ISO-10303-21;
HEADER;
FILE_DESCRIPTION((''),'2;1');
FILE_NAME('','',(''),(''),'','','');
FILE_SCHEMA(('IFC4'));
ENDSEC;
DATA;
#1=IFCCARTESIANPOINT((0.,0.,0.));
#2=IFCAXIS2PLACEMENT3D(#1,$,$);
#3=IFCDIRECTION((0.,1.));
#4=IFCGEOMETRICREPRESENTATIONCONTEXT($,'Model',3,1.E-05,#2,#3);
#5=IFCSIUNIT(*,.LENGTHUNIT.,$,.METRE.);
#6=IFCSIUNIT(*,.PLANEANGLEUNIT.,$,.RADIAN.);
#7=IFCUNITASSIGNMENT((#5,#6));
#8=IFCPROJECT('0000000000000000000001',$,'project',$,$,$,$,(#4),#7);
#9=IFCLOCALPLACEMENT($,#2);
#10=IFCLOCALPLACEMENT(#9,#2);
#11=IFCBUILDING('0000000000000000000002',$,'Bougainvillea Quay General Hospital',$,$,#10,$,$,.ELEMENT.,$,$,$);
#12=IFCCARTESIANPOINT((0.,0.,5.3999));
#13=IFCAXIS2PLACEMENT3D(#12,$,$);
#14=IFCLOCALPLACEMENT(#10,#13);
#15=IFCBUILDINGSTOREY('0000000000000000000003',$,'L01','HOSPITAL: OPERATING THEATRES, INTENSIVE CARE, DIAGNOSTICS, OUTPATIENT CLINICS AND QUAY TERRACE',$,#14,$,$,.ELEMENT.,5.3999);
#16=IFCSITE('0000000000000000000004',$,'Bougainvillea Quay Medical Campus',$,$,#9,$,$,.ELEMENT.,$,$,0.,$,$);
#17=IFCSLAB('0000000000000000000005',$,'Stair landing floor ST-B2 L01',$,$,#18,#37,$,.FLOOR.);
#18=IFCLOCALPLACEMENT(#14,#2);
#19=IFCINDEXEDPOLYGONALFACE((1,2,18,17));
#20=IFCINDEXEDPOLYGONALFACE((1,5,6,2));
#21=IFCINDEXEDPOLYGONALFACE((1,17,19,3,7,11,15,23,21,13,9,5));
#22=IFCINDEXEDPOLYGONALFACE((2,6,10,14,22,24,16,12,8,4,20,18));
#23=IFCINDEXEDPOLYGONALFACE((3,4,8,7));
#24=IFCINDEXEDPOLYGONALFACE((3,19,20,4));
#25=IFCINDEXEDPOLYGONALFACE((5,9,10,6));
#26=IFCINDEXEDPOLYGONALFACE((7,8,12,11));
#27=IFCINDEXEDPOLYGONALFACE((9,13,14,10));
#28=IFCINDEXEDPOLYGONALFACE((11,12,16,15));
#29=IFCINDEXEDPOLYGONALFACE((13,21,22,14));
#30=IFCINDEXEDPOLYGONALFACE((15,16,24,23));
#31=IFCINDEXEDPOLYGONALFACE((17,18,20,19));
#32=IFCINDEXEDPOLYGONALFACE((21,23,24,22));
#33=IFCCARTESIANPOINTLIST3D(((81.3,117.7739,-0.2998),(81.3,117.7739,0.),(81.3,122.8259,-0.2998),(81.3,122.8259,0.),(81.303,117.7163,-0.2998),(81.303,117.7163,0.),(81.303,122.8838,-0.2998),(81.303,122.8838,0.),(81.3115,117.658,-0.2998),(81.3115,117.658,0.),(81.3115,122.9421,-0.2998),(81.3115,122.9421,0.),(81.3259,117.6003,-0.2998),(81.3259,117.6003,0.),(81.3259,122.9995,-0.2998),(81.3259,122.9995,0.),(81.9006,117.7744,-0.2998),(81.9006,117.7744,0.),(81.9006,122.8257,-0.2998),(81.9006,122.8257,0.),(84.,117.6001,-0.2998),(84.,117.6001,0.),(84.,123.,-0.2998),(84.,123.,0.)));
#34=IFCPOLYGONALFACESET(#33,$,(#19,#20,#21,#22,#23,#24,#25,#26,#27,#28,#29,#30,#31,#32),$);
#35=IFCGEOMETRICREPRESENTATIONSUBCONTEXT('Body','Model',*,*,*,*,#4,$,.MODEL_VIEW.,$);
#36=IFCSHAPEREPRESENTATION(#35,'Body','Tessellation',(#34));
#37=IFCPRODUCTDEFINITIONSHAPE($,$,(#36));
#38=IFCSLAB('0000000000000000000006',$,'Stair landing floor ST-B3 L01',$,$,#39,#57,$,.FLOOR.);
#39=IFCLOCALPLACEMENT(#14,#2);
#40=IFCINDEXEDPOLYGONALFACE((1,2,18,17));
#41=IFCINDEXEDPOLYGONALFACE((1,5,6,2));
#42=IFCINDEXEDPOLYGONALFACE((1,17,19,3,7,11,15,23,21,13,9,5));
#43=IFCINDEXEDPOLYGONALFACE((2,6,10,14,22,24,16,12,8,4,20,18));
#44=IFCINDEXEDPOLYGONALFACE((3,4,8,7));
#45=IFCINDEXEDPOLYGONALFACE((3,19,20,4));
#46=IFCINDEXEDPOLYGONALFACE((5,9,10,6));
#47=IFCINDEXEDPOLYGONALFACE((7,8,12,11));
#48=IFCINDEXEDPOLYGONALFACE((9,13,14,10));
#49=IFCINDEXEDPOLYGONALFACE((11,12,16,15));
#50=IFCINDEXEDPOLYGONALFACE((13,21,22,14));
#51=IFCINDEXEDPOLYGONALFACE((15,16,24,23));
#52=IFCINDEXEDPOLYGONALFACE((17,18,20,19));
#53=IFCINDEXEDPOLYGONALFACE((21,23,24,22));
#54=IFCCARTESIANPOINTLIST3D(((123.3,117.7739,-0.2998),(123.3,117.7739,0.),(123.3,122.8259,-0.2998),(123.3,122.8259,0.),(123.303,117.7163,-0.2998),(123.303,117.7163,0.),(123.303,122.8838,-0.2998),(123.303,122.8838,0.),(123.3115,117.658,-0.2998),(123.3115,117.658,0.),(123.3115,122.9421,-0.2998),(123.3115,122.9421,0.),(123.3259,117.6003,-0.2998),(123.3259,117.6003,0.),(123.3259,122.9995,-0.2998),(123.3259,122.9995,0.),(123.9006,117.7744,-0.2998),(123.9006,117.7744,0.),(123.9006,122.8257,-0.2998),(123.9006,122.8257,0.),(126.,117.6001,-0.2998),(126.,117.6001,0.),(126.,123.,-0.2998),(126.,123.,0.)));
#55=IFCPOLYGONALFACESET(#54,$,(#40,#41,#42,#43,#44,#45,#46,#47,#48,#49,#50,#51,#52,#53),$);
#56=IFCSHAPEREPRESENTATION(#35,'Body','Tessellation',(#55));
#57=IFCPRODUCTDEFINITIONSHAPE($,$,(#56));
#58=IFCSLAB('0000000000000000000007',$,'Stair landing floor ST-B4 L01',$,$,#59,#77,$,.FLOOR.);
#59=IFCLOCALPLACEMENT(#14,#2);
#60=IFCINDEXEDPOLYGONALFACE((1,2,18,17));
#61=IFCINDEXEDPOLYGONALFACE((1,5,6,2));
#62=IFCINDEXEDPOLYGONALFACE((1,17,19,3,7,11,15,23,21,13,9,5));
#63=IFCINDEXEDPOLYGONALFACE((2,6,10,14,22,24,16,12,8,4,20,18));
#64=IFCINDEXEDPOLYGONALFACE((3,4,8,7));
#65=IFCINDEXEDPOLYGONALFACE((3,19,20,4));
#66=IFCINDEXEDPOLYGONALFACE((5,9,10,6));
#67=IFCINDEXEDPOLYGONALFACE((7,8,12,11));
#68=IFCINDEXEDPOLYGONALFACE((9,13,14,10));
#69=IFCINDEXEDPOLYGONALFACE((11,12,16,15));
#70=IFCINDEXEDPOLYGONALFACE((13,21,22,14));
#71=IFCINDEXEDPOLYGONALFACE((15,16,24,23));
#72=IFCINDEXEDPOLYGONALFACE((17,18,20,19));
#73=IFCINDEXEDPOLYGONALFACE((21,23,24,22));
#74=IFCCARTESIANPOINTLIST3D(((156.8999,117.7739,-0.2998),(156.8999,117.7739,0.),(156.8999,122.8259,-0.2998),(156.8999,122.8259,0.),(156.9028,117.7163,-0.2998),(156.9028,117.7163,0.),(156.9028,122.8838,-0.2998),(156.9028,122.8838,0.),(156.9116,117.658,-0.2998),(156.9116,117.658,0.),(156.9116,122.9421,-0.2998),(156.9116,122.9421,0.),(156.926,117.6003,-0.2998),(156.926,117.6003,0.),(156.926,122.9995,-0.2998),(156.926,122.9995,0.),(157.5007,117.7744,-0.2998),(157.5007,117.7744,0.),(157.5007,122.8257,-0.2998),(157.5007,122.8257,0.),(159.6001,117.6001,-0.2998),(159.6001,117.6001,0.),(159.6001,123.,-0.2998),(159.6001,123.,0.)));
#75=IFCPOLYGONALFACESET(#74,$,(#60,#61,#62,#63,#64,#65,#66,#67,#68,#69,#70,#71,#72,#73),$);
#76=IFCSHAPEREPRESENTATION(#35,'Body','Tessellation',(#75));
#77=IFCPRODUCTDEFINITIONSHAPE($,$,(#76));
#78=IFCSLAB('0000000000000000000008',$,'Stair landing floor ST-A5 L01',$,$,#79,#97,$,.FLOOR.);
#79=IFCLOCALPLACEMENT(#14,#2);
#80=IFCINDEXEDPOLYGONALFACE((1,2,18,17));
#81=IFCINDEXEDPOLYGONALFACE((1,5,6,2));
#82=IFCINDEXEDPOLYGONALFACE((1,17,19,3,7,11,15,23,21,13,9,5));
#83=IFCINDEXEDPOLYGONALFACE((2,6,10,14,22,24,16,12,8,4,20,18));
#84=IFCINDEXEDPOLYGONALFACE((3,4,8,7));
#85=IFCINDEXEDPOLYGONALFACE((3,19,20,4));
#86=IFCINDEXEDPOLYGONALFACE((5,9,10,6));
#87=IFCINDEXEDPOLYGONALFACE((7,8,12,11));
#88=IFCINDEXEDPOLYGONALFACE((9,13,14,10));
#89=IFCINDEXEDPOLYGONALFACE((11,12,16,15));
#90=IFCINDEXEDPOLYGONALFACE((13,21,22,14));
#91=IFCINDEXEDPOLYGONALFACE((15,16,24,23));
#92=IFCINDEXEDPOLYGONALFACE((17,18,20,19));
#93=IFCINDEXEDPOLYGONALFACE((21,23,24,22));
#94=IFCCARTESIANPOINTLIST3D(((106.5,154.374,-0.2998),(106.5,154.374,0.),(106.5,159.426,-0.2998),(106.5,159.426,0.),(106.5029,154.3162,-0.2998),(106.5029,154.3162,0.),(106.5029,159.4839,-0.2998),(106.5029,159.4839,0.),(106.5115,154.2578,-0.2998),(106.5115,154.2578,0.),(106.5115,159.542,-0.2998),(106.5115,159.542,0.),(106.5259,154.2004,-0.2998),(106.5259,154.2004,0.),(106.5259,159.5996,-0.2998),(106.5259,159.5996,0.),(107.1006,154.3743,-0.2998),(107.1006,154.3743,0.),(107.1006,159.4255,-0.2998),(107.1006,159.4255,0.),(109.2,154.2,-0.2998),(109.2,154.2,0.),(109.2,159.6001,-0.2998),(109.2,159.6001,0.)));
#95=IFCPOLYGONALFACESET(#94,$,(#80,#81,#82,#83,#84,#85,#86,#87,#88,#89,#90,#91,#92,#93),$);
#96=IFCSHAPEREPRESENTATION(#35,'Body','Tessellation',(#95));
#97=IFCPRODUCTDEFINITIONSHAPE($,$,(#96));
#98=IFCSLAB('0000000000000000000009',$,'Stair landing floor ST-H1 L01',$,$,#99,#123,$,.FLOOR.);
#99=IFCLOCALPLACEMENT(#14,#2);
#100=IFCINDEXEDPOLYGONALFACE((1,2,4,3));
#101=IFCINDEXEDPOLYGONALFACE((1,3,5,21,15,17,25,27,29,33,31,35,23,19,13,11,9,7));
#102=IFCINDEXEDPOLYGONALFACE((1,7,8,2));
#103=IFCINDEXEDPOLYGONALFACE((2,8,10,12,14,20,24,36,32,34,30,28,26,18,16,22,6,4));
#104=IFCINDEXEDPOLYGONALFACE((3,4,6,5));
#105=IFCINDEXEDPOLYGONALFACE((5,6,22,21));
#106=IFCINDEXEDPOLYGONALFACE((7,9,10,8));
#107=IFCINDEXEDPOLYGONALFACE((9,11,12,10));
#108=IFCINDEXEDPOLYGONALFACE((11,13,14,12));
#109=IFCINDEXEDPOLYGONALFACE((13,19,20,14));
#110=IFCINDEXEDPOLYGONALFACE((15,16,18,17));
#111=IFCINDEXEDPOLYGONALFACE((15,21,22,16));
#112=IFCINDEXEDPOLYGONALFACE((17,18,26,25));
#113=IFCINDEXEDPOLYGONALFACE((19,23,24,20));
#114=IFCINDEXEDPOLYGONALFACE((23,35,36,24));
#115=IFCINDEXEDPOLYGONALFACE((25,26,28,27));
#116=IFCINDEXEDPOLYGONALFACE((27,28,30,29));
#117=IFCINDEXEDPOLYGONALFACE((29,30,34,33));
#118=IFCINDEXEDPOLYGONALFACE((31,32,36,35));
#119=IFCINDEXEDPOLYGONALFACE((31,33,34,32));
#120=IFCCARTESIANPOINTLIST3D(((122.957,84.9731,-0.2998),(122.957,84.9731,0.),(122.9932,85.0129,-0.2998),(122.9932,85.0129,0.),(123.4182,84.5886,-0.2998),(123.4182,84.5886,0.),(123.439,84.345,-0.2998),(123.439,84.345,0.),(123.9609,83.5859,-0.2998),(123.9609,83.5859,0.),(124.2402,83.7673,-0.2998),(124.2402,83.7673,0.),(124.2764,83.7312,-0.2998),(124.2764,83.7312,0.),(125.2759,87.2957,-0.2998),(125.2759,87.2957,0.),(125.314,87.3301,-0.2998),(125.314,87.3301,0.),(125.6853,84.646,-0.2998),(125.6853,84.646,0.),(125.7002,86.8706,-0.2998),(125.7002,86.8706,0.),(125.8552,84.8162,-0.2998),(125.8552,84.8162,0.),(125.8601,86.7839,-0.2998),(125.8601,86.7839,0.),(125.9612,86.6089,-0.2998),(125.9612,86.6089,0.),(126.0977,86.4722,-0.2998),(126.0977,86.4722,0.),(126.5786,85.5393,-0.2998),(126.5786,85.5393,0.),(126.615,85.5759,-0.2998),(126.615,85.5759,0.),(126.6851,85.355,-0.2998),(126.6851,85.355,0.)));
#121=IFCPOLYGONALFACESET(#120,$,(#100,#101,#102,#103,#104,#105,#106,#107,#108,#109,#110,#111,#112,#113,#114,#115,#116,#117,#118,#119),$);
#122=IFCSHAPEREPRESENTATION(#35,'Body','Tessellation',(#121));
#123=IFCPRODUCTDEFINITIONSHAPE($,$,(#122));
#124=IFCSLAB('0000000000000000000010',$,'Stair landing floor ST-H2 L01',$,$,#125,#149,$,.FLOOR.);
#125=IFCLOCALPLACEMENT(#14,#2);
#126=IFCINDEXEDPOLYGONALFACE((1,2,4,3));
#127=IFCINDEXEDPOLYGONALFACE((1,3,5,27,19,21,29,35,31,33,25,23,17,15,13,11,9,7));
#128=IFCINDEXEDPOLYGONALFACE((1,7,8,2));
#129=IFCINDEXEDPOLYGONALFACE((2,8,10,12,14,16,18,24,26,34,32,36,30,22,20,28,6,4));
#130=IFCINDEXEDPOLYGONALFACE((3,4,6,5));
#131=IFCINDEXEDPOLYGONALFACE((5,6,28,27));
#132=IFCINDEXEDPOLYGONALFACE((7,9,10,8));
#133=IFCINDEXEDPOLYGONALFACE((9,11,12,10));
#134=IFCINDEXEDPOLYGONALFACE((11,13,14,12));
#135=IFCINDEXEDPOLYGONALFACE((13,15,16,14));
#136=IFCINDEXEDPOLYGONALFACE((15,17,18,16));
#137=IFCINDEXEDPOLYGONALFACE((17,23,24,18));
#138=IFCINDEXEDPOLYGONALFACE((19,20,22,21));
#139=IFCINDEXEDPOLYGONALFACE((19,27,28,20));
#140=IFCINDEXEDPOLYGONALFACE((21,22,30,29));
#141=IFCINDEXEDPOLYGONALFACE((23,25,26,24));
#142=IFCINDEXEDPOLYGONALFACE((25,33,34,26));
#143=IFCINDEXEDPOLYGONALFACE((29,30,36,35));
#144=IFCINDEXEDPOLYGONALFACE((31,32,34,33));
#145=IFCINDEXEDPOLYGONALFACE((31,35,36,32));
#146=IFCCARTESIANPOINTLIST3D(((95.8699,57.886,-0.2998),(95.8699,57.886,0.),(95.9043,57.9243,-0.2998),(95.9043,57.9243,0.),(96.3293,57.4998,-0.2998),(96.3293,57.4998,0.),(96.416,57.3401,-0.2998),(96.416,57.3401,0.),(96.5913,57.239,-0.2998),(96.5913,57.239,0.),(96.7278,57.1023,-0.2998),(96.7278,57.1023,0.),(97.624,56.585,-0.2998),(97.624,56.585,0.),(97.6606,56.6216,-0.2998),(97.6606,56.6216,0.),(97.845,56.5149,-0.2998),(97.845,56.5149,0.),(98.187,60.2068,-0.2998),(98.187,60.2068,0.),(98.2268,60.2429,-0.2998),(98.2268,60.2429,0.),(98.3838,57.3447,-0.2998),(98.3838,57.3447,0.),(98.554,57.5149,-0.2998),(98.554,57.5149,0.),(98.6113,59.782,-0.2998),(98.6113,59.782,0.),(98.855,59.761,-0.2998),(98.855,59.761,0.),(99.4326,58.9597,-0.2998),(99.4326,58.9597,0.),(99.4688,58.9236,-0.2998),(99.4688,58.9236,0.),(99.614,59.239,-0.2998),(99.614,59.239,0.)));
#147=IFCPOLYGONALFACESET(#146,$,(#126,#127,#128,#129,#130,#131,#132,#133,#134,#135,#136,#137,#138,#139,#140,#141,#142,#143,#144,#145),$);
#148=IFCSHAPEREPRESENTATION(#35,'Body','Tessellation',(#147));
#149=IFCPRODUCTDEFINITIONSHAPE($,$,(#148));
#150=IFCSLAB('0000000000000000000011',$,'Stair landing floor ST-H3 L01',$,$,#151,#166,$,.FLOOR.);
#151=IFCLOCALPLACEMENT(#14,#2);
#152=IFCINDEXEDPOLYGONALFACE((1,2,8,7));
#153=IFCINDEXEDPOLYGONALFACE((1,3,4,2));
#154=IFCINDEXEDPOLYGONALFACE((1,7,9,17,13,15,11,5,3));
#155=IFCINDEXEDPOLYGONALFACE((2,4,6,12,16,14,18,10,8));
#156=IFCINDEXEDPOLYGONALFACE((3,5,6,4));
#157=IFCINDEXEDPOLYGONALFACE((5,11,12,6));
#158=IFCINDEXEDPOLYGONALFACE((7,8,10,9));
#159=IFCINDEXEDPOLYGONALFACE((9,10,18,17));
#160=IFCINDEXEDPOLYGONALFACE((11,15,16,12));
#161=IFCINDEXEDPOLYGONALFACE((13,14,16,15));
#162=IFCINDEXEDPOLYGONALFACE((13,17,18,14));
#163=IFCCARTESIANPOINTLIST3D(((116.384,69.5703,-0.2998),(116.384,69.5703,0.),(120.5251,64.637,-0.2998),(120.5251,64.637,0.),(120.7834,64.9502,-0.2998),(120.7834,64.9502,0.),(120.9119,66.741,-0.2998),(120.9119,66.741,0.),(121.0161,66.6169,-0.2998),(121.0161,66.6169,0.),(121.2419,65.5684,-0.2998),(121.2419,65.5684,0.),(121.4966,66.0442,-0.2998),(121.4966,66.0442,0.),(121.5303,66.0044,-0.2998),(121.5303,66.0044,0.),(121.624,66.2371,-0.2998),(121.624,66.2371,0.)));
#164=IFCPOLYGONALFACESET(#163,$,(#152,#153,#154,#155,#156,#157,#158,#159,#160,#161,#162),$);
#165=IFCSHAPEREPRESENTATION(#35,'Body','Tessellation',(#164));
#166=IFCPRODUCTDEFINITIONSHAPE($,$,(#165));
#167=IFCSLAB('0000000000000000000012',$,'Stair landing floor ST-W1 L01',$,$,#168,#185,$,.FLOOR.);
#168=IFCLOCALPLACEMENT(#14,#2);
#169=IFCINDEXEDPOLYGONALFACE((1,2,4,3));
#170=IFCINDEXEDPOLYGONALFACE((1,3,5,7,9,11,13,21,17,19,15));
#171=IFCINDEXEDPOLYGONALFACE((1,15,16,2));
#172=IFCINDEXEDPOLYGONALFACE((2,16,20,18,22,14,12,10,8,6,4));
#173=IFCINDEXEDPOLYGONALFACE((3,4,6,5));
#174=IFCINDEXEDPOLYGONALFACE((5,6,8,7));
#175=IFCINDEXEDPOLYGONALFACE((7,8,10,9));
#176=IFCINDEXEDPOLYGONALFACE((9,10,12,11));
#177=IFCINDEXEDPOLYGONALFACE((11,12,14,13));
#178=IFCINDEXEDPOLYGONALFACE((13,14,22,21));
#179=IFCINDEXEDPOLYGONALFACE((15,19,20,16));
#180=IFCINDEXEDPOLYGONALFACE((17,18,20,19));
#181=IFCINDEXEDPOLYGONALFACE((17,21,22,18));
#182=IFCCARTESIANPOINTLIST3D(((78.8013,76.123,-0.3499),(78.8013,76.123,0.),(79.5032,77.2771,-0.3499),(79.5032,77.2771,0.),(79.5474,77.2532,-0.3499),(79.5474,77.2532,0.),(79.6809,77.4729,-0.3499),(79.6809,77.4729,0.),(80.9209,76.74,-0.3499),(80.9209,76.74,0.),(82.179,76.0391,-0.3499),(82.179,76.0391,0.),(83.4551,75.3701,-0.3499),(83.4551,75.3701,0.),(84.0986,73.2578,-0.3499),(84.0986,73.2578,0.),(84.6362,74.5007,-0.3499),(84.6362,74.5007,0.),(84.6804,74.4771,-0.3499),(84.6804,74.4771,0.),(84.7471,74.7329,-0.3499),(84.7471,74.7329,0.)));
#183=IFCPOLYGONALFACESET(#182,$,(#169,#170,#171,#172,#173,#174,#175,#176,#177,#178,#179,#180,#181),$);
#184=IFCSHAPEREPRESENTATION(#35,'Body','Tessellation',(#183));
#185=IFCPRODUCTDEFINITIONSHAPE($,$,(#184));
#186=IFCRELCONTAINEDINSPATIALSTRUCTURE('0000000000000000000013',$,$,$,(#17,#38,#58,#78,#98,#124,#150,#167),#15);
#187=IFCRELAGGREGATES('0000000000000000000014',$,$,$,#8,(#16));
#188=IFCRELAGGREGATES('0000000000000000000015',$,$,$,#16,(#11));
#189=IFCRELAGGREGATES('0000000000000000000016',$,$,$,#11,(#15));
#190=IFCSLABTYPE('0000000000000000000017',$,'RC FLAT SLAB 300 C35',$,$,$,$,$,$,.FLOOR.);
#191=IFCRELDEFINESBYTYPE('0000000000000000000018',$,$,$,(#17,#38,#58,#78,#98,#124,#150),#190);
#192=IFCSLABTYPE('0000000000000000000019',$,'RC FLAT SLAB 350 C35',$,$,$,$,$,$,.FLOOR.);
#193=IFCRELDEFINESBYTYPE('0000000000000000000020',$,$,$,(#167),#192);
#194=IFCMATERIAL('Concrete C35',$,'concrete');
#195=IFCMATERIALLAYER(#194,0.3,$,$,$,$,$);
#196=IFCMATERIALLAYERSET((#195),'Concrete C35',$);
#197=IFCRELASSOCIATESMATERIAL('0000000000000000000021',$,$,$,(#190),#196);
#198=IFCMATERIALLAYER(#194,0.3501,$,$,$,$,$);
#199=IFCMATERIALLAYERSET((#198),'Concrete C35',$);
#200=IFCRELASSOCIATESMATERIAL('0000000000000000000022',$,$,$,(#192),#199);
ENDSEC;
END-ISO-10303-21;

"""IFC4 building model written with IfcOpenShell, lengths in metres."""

from ifc_helpers import new_model, si_unit, direction, frame, origin, place, context, subcontext, project, spatial, polyline, outline, extrude, material, layer, layer_set, type_object, element, save


model = new_model("IFC4")

# Units and contexts
model_context = context("Model", 3, precision=1e-05, world=origin(), true_north=direction((0.0, 1.0)))
body_context = subcontext(model_context, "Body", "Model", "MODEL_VIEW")
ifc_project = project(units=[si_unit("LENGTHUNIT", "METRE"), si_unit("PLANEANGLEUNIT", "RADIAN")], contexts=[model_context])

# Site, building, storey
site_placement = place(None, origin())
site = spatial("IfcSite", under=ifc_project, at=site_placement, Name="Bougainvillea Quay Medical Campus", CompositionType="ELEMENT", RefElevation=0.0)
building_placement = place(site_placement, origin())
building = spatial("IfcBuilding", under=site, at=building_placement, Name="Bougainvillea Quay General Hospital", CompositionType="ELEMENT")
storey_placement = place(building_placement, frame((0.0, 0.0, 5.3999)))
storey = spatial("IfcBuildingStorey", under=building, at=storey_placement, Name="L01", Description="HOSPITAL: OPERATING THEATRES, INTENSIVE CARE, DIAGNOSTICS, OUTPATIENT CLINICS AND QUAY TERRACE", CompositionType="ELEMENT", Elevation=5.3999)

# Slabs
ifc_material_1 = material(Name="Concrete C35", Category="concrete")
ifc_layer_1 = layer(ifc_material_1, 0.3)
ifc_layer_set_1 = layer_set([ifc_layer_1], Name="Concrete C35")
slab_type_1 = type_object("IfcSlabType", Name="RC FLAT SLAB 300 C35", PredefinedType="FLOOR", material=ifc_layer_set_1)
slab_1_placement = place(storey_placement, frame((0.0, 0.0, -0.2998)))
element("IfcSlab", 1, at=slab_1_placement, inside=storey, type_object=slab_type_1, Name="Stair landing floor ST-B2 L01", PredefinedType="FLOOR", context=body_context, shape_type="SweptSolid", body=[
    extrude(outline(polyline([(81.303, 122.8838), (81.3115, 122.9421), (81.3259, 122.9995), (84.0, 123.0), (84.0, 117.6001), (81.3259, 117.6003), (81.3115, 117.658), (81.303, 117.7163), (81.3, 117.7739), (81.9006, 117.7744), (81.9006, 122.8257), (81.3, 122.8259), (81.303, 122.8838)])), origin(), (0.0, 0.0, 1.0), 0.2998),
])
slab_2_placement = place(storey_placement, frame((0.0, 0.0, -0.2998)))
element("IfcSlab", 2, at=slab_2_placement, inside=storey, type_object=slab_type_1, Name="Stair landing floor ST-B3 L01", PredefinedType="FLOOR", context=body_context, shape_type="SweptSolid", body=[
    extrude(outline(polyline([(123.303, 122.8838), (123.3115, 122.9421), (123.3259, 122.9995), (126.0, 123.0), (126.0, 117.6001), (123.3259, 117.6003), (123.3115, 117.658), (123.303, 117.7163), (123.3, 117.7739), (123.9006, 117.7744), (123.9006, 122.8257), (123.3, 122.8259), (123.303, 122.8838)])), origin(), (0.0, 0.0, 1.0), 0.2998),
])
slab_3_placement = place(storey_placement, frame((0.0, 0.0, -0.2998)))
element("IfcSlab", 3, at=slab_3_placement, inside=storey, type_object=slab_type_1, Name="Stair landing floor ST-B4 L01", PredefinedType="FLOOR", context=body_context, shape_type="SweptSolid", body=[
    extrude(outline(polyline([(156.9028, 122.8838), (156.9116, 122.9421), (156.926, 122.9995), (159.6001, 123.0), (159.6001, 117.6001), (156.926, 117.6003), (156.9116, 117.658), (156.9028, 117.7163), (156.8999, 117.7739), (157.5007, 117.7744), (157.5007, 122.8257), (156.8999, 122.8259), (156.9028, 122.8838)])), origin(), (0.0, 0.0, 1.0), 0.2998),
])
slab_4_placement = place(storey_placement, frame((0.0, 0.0, -0.2998)))
element("IfcSlab", 4, at=slab_4_placement, inside=storey, type_object=slab_type_1, Name="Stair landing floor ST-A5 L01", PredefinedType="FLOOR", context=body_context, shape_type="SweptSolid", body=[
    extrude(outline(polyline([(106.5029, 159.4839), (106.5115, 159.542), (106.5259, 159.5996), (109.2, 159.6001), (109.2, 154.2), (106.5259, 154.2004), (106.5115, 154.2578), (106.5029, 154.3162), (106.5, 154.374), (107.1006, 154.3743), (107.1006, 159.4255), (106.5, 159.426), (106.5029, 159.4839)])), origin(), (0.0, 0.0, 1.0), 0.2998),
])
slab_5_placement = place(storey_placement, frame((0.0, 0.0, -0.2998)))
element("IfcSlab", 5, at=slab_5_placement, inside=storey, type_object=slab_type_1, Name="Stair landing floor ST-H1 L01", PredefinedType="FLOOR", context=body_context, shape_type="SweptSolid", body=[
    extrude(outline(polyline([(125.6853, 84.646), (124.2764, 83.7312), (124.2402, 83.7673), (123.9609, 83.5859), (123.439, 84.345), (122.957, 84.9731), (122.9932, 85.0129), (123.4182, 84.5886), (125.7002, 86.8706), (125.2759, 87.2957), (125.314, 87.3301), (125.8601, 86.7839), (125.9612, 86.6089), (126.0977, 86.4722), (126.615, 85.5759), (126.5786, 85.5393), (126.6851, 85.355), (125.8552, 84.8162), (125.6853, 84.646)])), origin(), (0.0, 0.0, 1.0), 0.2998),
])
slab_6_placement = place(storey_placement, frame((0.0, 0.0, -0.2998)))
element("IfcSlab", 6, at=slab_6_placement, inside=storey, type_object=slab_type_1, Name="Stair landing floor ST-H2 L01", PredefinedType="FLOOR", context=body_context, shape_type="SweptSolid", body=[
    extrude(outline(polyline([(97.624, 56.585), (96.7278, 57.1023), (96.5913, 57.239), (96.416, 57.3401), (95.8699, 57.886), (95.9043, 57.9243), (96.3293, 57.4998), (98.6113, 59.782), (98.187, 60.2068), (98.2268, 60.2429), (98.855, 59.761), (99.614, 59.239), (99.4326, 58.9597), (99.4688, 58.9236), (98.554, 57.5149), (98.3838, 57.3447), (97.845, 56.5149), (97.6606, 56.6216), (97.624, 56.585)])), origin(), (0.0, 0.0, 1.0), 0.2998),
])
slab_7_placement = place(storey_placement, frame((0.0, 0.0, -0.2998)))
element("IfcSlab", 7, at=slab_7_placement, inside=storey, type_object=slab_type_1, Name="Stair landing floor ST-H3 L01", PredefinedType="FLOOR", context=body_context, shape_type="SweptSolid", body=[
    extrude(outline(polyline([(121.5303, 66.0044), (121.2419, 65.5684), (120.7834, 64.9502), (120.5251, 64.637), (116.384, 69.5703), (120.9119, 66.741), (121.0161, 66.6169), (121.624, 66.2371), (121.4966, 66.0442), (121.5303, 66.0044)])), origin(), (0.0, 0.0, 1.0), 0.2998),
])
ifc_layer_2 = layer(ifc_material_1, 0.3501)
ifc_layer_set_2 = layer_set([ifc_layer_2], Name="Concrete C35")
slab_type_2 = type_object("IfcSlabType", Name="RC FLAT SLAB 350 C35", PredefinedType="FLOOR", material=ifc_layer_set_2)
slab_8_placement = place(storey_placement, frame((0.0, 0.0, -0.3499)))
element("IfcSlab", 8, at=slab_8_placement, inside=storey, type_object=slab_type_2, Name="Stair landing floor ST-W1 L01", PredefinedType="FLOOR", context=body_context, shape_type="SweptSolid", body=[
    extrude(outline(polyline([(82.179, 76.0391), (83.4551, 75.3701), (84.7471, 74.7329), (84.6362, 74.5007), (84.6804, 74.4771), (84.0986, 73.2578), (78.8013, 76.123), (79.5032, 77.2771), (79.5474, 77.2532), (79.6809, 77.4729), (80.9209, 76.74), (82.179, 76.0391)])), origin(), (0.0, 0.0, 1.0), 0.3499),
])

save(model, "model.ifc")
